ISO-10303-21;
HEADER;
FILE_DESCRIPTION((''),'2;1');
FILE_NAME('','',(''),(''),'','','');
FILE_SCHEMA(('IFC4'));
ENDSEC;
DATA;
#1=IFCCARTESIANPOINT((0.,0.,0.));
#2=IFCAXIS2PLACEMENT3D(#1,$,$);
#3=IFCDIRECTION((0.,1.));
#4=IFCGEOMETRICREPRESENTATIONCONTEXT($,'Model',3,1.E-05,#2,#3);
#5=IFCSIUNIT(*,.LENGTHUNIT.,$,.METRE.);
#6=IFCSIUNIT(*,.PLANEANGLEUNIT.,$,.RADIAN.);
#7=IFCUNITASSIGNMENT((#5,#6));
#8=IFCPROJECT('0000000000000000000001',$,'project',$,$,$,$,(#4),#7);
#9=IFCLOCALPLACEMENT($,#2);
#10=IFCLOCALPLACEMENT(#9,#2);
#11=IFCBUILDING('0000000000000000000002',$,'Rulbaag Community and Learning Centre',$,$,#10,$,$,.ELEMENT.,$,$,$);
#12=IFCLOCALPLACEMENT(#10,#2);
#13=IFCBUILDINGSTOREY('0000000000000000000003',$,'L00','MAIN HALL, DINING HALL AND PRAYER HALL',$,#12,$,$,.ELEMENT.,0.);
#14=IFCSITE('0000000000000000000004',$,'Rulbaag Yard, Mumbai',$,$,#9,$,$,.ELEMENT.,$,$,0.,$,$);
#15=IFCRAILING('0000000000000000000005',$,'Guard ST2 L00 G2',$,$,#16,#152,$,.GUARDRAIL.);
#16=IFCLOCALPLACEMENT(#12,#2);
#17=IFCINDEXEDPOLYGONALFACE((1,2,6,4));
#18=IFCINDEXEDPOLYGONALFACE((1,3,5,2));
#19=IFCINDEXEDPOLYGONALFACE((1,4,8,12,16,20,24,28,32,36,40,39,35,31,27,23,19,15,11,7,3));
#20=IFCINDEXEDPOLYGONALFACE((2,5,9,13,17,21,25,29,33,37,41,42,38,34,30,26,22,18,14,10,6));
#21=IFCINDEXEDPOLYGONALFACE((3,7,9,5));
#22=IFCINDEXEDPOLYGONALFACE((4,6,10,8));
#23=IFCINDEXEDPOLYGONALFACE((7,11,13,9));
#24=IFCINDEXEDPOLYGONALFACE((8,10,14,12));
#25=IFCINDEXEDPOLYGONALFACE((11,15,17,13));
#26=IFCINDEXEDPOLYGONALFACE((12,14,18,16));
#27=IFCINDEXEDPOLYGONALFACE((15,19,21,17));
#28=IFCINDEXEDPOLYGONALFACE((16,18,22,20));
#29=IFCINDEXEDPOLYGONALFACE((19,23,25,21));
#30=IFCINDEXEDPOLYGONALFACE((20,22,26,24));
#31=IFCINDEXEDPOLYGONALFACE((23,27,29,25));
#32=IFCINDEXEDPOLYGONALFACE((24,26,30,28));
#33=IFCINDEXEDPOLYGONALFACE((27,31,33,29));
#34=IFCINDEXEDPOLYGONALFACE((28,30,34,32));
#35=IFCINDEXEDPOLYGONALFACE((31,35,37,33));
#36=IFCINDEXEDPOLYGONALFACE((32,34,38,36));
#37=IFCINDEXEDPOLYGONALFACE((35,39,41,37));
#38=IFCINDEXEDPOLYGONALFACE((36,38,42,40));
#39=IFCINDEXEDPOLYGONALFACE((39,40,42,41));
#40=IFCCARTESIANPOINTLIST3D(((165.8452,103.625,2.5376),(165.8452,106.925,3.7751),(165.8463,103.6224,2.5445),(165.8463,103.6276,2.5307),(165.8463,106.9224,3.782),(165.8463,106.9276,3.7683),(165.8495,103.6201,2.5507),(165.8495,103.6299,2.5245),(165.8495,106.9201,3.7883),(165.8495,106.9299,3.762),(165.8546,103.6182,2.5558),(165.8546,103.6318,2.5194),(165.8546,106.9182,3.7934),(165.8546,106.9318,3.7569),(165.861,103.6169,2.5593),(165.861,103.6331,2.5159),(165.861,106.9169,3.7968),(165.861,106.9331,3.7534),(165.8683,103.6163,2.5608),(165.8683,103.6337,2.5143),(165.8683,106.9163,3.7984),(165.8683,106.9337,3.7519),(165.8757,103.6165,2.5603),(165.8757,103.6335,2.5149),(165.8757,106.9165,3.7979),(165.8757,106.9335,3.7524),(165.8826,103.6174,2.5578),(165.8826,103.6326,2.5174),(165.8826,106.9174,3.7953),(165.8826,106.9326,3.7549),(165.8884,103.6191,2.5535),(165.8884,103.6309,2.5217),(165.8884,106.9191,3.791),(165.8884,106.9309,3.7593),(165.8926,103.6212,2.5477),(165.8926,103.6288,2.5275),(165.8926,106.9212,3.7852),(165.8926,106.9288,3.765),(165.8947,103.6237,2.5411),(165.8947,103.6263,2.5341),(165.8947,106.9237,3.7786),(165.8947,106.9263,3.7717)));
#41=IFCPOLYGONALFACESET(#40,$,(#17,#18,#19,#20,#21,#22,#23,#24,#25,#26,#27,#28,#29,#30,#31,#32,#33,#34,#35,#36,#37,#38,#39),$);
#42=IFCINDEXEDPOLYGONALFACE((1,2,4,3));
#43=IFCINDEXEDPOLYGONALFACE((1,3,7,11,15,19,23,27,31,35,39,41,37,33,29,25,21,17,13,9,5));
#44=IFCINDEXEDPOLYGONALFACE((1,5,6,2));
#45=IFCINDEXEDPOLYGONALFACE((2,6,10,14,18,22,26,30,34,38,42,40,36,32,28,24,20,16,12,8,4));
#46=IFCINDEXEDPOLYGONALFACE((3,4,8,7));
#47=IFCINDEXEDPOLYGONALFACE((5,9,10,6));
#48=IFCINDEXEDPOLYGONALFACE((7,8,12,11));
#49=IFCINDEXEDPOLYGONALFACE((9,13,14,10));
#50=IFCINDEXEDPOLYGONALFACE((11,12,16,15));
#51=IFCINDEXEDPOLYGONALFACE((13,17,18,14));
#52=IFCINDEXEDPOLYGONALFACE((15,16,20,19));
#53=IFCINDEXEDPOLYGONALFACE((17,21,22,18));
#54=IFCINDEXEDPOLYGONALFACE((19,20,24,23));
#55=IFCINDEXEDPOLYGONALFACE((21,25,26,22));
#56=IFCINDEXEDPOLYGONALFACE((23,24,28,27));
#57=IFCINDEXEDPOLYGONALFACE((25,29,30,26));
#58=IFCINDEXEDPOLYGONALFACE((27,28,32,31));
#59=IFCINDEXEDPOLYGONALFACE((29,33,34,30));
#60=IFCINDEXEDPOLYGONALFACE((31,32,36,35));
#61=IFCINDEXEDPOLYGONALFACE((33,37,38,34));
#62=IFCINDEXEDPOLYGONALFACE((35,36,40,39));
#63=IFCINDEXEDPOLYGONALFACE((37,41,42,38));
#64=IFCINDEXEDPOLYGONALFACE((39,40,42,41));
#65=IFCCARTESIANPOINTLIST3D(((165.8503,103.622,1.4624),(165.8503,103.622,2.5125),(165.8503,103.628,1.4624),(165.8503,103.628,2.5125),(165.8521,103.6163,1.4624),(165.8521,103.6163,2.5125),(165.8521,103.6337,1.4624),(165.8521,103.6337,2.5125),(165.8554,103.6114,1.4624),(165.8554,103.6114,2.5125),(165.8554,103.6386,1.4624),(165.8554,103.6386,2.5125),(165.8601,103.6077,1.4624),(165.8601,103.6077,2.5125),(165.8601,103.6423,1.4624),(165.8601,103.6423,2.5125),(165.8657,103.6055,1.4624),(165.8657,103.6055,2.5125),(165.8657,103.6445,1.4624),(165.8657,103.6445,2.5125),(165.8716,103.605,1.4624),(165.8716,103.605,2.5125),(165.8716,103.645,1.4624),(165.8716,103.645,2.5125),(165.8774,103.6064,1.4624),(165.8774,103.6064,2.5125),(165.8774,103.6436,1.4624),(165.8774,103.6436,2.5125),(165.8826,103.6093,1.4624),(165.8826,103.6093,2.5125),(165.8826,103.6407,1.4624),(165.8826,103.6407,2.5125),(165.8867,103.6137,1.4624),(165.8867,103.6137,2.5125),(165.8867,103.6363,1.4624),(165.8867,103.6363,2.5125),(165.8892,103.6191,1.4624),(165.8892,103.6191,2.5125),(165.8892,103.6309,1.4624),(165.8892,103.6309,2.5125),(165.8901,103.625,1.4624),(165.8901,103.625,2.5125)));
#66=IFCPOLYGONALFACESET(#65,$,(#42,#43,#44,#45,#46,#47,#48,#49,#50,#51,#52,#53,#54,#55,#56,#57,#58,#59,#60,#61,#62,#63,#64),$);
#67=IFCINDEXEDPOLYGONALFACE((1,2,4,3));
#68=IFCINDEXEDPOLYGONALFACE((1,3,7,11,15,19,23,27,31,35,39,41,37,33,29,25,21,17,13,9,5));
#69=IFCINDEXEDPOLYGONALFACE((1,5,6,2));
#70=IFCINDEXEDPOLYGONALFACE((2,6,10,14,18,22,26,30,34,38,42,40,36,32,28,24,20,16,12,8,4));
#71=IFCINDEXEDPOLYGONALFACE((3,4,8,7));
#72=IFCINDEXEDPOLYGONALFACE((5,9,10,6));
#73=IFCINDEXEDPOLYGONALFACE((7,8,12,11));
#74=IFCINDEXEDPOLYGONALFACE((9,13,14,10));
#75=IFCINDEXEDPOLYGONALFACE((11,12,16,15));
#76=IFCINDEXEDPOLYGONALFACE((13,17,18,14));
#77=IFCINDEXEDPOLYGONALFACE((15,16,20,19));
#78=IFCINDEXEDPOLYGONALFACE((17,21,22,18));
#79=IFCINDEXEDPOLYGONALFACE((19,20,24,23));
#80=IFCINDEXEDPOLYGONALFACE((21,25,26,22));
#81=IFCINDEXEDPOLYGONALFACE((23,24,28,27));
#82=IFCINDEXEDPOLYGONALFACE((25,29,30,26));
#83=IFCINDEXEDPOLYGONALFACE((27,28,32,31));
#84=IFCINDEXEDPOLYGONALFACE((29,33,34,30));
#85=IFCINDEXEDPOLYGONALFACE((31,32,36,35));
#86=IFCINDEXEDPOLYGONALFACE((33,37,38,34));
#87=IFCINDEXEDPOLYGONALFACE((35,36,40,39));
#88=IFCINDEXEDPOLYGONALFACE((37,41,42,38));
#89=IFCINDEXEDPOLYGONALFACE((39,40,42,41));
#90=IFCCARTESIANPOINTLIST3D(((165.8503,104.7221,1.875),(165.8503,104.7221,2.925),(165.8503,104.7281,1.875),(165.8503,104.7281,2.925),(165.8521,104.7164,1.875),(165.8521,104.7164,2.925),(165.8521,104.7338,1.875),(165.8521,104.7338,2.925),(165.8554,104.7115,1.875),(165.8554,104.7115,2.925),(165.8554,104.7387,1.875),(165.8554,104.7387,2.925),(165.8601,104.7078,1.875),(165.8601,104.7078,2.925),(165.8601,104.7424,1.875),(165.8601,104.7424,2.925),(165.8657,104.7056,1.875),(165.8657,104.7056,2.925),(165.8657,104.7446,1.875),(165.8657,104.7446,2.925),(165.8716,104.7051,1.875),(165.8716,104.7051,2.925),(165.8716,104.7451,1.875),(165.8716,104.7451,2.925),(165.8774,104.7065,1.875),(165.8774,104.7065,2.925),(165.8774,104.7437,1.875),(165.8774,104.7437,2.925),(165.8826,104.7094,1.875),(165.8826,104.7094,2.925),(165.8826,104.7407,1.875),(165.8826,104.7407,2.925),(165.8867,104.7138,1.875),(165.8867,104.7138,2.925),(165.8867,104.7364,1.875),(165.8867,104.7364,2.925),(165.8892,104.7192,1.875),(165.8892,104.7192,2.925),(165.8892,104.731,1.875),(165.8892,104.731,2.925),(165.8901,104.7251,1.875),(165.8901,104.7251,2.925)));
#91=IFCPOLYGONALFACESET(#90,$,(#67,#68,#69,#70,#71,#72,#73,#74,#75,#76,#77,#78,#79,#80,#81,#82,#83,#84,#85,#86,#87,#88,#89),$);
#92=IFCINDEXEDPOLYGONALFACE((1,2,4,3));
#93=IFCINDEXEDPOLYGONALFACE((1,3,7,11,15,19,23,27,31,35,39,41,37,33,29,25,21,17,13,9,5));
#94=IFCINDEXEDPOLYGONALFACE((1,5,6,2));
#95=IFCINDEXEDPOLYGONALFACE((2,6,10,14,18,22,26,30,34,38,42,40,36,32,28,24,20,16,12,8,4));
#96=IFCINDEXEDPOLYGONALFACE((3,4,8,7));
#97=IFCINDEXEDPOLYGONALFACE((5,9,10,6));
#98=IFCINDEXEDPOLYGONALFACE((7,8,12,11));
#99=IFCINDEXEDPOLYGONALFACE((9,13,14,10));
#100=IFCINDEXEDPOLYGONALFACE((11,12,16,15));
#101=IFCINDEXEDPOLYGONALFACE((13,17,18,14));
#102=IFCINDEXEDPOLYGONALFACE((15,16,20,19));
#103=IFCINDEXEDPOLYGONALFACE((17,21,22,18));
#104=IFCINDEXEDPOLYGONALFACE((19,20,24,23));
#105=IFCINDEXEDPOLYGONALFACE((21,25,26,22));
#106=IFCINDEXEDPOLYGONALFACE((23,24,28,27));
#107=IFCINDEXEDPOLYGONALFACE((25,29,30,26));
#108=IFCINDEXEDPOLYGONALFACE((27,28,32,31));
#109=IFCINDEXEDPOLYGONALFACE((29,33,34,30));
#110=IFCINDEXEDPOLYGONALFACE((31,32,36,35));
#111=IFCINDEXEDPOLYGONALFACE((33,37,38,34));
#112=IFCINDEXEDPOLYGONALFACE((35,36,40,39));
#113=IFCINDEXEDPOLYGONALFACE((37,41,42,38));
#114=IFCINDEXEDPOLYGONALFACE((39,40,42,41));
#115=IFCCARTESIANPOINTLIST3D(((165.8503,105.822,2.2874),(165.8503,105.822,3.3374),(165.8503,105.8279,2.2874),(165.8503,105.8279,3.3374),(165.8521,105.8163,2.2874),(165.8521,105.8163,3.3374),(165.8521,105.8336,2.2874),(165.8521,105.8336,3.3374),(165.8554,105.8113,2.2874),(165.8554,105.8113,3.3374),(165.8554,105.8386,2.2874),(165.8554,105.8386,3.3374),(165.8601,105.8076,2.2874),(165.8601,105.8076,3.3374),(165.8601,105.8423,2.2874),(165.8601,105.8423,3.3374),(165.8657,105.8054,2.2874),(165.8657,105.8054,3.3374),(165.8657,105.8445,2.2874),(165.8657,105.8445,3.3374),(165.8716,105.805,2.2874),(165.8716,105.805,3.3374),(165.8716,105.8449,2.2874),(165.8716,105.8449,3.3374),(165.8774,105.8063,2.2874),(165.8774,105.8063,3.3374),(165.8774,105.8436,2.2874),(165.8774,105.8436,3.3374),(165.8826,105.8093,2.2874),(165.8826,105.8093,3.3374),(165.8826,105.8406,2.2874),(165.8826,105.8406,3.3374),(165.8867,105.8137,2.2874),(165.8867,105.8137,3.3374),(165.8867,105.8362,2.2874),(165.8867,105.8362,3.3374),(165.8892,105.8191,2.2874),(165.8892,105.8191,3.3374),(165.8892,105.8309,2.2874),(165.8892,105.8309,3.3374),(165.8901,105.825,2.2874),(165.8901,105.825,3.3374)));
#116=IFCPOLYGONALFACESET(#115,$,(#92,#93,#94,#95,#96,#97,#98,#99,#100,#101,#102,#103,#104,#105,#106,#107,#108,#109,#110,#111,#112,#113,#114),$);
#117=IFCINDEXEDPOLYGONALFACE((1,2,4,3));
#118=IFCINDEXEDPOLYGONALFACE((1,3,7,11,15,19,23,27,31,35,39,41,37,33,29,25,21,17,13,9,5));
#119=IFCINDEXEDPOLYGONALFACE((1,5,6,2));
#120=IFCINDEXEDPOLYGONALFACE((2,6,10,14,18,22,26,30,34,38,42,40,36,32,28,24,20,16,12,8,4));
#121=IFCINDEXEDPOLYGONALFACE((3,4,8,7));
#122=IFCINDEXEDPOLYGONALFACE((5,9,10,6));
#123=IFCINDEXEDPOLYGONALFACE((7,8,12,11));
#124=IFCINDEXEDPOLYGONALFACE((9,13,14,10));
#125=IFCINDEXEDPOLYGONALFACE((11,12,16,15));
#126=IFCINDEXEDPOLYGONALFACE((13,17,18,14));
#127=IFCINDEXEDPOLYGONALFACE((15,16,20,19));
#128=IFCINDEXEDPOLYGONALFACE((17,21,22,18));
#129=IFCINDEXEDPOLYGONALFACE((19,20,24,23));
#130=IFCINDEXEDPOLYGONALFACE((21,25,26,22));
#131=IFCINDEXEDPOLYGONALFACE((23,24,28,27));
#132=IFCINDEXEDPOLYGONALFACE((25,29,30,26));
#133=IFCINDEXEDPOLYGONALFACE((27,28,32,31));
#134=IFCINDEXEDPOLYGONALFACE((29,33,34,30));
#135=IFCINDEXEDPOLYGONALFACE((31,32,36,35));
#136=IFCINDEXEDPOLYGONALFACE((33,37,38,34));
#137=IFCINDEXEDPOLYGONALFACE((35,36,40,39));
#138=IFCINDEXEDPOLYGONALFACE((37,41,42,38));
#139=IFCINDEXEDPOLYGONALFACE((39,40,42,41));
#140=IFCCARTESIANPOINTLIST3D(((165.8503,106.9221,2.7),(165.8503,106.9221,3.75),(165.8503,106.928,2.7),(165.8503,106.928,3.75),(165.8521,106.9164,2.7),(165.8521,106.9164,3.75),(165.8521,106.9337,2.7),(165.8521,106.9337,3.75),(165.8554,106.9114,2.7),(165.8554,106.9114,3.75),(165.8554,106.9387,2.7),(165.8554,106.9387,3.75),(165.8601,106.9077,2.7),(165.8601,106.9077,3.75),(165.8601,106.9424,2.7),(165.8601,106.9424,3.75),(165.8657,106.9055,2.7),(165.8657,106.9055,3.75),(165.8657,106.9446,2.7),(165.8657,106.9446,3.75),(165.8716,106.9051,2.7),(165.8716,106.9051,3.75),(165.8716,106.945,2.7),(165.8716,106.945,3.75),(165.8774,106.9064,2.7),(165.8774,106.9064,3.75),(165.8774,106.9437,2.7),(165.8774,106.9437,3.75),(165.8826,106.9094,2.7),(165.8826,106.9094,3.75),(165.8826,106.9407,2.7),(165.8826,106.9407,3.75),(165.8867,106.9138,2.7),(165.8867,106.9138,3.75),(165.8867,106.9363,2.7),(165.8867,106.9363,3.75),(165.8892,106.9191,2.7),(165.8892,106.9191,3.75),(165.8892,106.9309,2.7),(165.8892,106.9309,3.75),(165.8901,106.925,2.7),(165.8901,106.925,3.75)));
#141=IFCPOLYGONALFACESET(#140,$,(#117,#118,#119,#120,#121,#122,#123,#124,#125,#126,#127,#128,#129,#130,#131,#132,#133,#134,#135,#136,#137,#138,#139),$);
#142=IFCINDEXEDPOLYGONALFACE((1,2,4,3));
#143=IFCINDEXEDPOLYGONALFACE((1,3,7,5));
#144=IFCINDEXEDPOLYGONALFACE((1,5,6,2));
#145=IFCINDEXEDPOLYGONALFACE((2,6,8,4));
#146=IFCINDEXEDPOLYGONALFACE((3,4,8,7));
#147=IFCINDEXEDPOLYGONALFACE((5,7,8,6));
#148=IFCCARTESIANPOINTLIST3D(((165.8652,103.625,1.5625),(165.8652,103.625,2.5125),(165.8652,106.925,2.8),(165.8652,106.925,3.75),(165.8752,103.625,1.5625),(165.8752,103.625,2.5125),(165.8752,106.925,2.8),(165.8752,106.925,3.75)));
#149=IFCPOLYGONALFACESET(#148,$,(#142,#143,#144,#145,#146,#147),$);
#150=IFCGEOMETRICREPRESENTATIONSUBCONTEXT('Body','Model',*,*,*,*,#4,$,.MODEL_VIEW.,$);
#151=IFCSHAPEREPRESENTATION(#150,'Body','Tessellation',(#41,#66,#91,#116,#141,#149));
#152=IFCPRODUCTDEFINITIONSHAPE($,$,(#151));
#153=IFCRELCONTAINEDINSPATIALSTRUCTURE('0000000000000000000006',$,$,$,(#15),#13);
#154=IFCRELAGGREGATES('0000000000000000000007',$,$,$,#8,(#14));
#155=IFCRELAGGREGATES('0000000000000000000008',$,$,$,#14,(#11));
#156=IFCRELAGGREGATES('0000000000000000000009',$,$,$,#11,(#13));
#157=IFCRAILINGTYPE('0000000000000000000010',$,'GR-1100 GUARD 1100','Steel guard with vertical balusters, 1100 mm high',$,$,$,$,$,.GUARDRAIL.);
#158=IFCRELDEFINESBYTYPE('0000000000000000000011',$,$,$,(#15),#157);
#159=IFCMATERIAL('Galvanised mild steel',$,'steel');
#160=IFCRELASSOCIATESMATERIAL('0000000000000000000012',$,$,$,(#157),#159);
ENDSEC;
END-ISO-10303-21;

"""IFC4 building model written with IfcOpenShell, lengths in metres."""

from ifc_helpers import new_model, si_unit, direction, frame, origin, origin_2d, place, context, subcontext, project, spatial, polyline, circle, outline, extrude, material, type_object, element, save


model = new_model("IFC4")

# Units and contexts
model_context = context("Model", 3, precision=1e-05, world=origin(), true_north=direction((0.0, 1.0)))
body_context = subcontext(model_context, "Body", "Model", "MODEL_VIEW")
ifc_project = project(units=[si_unit("LENGTHUNIT", "METRE"), si_unit("PLANEANGLEUNIT", "RADIAN")], contexts=[model_context])

# Site, building, storey
site_placement = place(None, origin())
site = spatial("IfcSite", under=ifc_project, at=site_placement, Name="Rulbaag Yard, Mumbai", CompositionType="ELEMENT", RefElevation=0.0)
building_placement = place(site_placement, origin())
building = spatial("IfcBuilding", under=site, at=building_placement, Name="Rulbaag Community and Learning Centre", CompositionType="ELEMENT")
storey_placement = place(building_placement, origin())
storey = spatial("IfcBuildingStorey", under=building, at=storey_placement, Name="L00", Description="MAIN HALL, DINING HALL AND PRAYER HALL", CompositionType="ELEMENT", Elevation=0.0)

# Railing
ifc_material_1 = material(Name="Galvanised mild steel", Category="steel")
railing_type = type_object("IfcRailingType", Name="GR-1100 GUARD 1100", Description="Steel guard with vertical balusters, 1100 mm high", PredefinedType="GUARDRAIL", material=ifc_material_1)
railing_1_placement = place(storey_placement, frame((165.8701, 103.625, 1.4624)))
element("IfcRailing", 1, at=railing_1_placement, inside=storey, type_object=railing_type, Name="Guard ST2 L00 G2", PredefinedType="GUARDRAIL", context=body_context, shape_type="SweptSolid", body=[
    extrude(circle(Radius=0.0249, at=origin_2d()), frame((0.0, 0.0, 1.0752), z_axis=(0.0, 0.936326, 0.351131), x_axis=(-1.0, 0.0, 0.0)), (0.0, 0.0, 1.0), 3.5244),
    extrude(circle(Radius=0.02, at=origin_2d()), origin(), (0.0, 0.0, 1.0), 1.05),
    extrude(circle(Radius=0.02, at=origin_2d()), frame((0.0, 1.1001, 0.4126)), (0.0, 0.0, 1.0), 1.05),
    extrude(circle(Radius=0.02, at=origin_2d()), frame((0.0, 2.2, 0.825)), (0.0, 0.0, 1.0), 1.05),
    extrude(circle(Radius=0.02, at=origin_2d()), frame((0.0, 3.3, 1.2375)), (0.0, 0.0, 1.0), 1.05),
    extrude(outline(polyline([(0.0, 0.0), (3.3, 1.2375), (3.3, 2.1875), (0.0, 0.95), (0.0, 0.0)])), frame((-0.0049, 0.0, 0.1001), z_axis=(1.0, 0.0, 0.0), x_axis=(0.0, 1.0, 0.0)), (0.0, 0.0, 1.0), 0.01),
])

save(model, "model.ifc")
